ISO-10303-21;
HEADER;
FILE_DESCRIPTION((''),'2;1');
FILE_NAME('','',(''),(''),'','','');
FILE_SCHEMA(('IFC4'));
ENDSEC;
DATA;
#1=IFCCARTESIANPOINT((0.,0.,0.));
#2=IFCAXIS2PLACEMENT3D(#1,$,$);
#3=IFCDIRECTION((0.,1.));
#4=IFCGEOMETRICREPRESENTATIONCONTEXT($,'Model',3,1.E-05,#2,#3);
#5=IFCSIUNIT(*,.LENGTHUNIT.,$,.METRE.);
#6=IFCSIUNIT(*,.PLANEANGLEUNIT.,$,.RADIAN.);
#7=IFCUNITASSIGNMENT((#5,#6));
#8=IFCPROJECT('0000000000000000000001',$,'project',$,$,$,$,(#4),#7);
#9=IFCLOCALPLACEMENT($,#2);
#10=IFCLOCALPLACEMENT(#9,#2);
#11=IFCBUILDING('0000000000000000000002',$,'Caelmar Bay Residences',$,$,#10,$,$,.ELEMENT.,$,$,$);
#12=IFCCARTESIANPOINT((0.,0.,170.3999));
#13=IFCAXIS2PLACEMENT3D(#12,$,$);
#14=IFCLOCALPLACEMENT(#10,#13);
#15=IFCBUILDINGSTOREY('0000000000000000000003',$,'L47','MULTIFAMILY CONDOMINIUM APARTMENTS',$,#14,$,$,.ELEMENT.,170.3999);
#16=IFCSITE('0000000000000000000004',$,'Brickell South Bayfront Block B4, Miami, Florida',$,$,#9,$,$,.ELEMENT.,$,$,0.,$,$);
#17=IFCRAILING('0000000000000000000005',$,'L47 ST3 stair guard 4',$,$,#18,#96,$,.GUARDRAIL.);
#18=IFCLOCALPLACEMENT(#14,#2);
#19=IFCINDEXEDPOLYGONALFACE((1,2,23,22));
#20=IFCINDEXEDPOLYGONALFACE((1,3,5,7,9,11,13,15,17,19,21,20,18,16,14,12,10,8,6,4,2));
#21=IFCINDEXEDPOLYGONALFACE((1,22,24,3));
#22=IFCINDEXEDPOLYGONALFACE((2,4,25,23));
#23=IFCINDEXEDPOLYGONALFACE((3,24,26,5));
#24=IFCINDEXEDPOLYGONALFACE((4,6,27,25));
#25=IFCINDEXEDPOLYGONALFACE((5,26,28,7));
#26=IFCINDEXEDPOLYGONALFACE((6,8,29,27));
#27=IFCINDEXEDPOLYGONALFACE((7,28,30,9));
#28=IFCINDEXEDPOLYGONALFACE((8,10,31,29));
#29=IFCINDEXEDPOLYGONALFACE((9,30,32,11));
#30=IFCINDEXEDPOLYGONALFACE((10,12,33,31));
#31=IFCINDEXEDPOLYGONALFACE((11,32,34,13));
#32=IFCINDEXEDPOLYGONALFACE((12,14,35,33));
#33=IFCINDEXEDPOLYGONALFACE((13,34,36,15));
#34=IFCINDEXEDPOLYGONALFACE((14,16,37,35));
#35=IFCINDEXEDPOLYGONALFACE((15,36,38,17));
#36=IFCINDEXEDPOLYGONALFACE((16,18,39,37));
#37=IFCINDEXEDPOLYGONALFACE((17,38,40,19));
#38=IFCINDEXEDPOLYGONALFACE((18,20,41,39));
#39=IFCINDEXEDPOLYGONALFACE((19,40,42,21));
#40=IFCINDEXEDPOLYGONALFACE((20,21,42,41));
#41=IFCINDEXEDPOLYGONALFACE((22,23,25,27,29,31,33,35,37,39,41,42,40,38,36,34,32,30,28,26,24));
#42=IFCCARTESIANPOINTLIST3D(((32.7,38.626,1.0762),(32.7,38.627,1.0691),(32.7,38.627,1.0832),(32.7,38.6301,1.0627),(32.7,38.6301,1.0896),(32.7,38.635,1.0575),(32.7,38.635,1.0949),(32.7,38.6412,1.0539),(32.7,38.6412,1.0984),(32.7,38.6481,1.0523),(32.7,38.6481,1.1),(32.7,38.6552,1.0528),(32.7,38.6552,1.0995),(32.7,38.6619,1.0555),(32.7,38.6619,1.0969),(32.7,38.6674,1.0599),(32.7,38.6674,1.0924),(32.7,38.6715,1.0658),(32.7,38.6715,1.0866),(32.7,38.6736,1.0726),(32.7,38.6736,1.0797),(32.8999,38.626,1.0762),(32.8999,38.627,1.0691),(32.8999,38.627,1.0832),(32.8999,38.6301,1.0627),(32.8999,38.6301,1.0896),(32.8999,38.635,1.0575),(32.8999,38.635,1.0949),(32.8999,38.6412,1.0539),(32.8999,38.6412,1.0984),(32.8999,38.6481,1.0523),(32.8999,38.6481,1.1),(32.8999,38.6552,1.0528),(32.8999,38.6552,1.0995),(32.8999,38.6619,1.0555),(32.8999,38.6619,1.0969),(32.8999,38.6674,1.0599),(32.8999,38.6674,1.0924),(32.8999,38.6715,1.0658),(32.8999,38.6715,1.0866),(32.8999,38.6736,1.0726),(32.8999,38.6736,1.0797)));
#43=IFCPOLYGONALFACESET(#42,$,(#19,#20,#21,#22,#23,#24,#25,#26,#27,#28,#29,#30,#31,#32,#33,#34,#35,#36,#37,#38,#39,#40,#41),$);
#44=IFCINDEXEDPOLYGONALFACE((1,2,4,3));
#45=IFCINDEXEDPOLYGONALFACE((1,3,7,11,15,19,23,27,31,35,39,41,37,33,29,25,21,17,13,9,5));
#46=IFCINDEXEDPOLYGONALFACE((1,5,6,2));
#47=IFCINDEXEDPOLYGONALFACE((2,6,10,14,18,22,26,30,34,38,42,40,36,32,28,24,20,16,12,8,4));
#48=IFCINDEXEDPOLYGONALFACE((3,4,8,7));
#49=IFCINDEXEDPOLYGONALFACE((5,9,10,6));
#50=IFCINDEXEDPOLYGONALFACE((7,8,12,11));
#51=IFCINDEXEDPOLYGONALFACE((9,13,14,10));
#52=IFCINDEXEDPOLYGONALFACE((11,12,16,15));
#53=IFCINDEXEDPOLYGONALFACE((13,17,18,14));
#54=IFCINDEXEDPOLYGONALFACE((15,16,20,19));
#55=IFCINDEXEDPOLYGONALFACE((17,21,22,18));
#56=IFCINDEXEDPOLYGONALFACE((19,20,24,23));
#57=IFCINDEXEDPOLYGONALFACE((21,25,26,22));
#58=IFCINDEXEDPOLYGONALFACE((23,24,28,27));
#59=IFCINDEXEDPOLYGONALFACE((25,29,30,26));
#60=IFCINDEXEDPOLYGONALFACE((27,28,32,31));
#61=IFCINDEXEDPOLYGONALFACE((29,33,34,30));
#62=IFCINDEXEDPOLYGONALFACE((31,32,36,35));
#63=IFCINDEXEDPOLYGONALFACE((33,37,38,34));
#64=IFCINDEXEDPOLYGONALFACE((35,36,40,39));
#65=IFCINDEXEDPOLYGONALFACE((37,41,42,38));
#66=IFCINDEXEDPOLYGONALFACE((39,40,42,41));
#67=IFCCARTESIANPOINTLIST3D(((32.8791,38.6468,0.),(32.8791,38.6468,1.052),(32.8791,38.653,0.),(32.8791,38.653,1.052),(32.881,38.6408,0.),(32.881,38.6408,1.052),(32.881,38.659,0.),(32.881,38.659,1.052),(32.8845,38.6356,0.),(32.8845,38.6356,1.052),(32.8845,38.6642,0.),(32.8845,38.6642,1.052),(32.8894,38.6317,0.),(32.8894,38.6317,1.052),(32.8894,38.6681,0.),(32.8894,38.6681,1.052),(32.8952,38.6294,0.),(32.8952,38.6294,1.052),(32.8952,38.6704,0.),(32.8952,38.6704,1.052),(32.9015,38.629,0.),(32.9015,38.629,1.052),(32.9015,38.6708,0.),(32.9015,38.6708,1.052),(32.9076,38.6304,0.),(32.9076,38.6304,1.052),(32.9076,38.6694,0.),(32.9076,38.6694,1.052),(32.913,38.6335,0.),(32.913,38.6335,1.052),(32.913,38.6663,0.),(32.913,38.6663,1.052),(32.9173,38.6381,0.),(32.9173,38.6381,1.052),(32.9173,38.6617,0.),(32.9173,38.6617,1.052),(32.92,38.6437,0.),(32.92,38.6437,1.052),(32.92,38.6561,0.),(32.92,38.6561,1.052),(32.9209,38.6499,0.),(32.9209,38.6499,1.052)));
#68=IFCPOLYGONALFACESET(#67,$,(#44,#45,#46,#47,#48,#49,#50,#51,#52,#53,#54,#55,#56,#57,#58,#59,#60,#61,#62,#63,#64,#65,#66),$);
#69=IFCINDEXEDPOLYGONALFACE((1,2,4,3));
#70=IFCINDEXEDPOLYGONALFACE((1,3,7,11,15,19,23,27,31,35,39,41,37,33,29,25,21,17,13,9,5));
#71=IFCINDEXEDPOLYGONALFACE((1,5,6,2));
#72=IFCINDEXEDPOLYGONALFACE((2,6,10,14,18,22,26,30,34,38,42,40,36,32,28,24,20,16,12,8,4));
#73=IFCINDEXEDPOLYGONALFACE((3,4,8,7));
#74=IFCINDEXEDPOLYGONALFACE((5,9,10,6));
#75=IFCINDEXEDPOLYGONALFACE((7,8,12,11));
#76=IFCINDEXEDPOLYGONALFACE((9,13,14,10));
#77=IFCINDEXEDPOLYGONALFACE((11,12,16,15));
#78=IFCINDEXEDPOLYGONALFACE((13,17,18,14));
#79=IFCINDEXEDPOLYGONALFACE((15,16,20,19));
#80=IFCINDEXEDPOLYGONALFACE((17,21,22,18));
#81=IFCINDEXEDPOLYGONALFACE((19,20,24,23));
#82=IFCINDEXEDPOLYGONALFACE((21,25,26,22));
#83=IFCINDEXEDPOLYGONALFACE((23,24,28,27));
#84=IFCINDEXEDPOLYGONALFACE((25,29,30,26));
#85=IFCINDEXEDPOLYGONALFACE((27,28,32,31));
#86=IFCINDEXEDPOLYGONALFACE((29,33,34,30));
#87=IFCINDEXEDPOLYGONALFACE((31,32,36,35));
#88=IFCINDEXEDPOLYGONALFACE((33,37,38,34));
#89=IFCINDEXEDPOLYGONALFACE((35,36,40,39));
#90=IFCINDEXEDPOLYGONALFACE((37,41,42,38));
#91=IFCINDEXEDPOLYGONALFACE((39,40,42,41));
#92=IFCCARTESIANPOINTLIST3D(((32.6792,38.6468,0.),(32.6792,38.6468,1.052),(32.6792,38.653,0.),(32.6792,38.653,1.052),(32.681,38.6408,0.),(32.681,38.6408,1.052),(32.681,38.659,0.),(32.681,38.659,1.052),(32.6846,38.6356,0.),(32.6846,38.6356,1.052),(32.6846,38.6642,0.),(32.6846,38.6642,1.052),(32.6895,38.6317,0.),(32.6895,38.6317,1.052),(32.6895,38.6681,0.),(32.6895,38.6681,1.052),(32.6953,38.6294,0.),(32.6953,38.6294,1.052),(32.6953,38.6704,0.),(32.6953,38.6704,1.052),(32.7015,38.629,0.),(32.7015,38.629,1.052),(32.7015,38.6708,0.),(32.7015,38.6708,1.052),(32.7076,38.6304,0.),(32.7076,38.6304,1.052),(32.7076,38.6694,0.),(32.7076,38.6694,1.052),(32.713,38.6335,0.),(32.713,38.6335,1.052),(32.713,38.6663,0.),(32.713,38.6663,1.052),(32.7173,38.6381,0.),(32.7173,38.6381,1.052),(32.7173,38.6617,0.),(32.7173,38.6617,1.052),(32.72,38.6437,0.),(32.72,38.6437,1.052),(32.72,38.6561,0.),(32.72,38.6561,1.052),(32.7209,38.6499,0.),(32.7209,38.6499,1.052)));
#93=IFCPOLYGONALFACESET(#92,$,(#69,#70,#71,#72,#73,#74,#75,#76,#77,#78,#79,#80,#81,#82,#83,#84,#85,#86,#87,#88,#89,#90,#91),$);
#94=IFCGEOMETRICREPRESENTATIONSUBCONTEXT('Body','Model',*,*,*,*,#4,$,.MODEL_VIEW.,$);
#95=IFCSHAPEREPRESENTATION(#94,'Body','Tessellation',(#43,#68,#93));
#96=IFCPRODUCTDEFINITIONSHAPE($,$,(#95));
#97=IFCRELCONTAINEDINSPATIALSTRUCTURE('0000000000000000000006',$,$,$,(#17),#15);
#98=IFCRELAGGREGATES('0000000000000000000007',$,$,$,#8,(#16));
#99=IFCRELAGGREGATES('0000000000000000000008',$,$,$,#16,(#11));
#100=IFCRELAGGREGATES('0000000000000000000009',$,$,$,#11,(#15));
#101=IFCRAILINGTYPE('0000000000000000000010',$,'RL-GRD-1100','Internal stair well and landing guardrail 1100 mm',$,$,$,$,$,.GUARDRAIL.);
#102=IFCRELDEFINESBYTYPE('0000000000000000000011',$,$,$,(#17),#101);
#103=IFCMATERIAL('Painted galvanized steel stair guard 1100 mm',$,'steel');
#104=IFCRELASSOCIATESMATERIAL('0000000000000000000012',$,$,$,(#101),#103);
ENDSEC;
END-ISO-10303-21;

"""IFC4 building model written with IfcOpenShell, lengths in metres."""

from ifc_helpers import new_model, si_unit, direction, frame, origin, origin_2d, place, context, subcontext, project, spatial, circle, extrude, material, type_object, element, save


model = new_model("IFC4")

# Units and contexts
model_context = context("Model", 3, precision=1e-05, world=origin(), true_north=direction((0.0, 1.0)))
body_context = subcontext(model_context, "Body", "Model", "MODEL_VIEW")
ifc_project = project(units=[si_unit("LENGTHUNIT", "METRE"), si_unit("PLANEANGLEUNIT", "RADIAN")], contexts=[model_context])

# Site, building, storey
site_placement = place(None, origin())
site = spatial("IfcSite", under=ifc_project, at=site_placement, Name="Brickell South Bayfront Block B4, Miami, Florida", CompositionType="ELEMENT", RefElevation=0.0)
building_placement = place(site_placement, origin())
building = spatial("IfcBuilding", under=site, at=building_placement, Name="Caelmar Bay Residences", CompositionType="ELEMENT")
storey_placement = place(building_placement, frame((0.0, 0.0, 170.3999)))
storey = spatial("IfcBuildingStorey", under=building, at=storey_placement, Name="L47", Description="MULTIFAMILY CONDOMINIUM APARTMENTS", CompositionType="ELEMENT", Elevation=170.3999)

# Railing
ifc_material_1 = material(Name="Painted galvanized steel stair guard 1100 mm", Category="steel")
railing_type_1 = type_object("IfcRailingType", Name="RL-GRD-1100", Description="Internal stair well and landing guardrail 1100 mm", PredefinedType="GUARDRAIL", material=ifc_material_1)
railing_1_placement = place(storey_placement, frame((32.8999, 38.6499, 0.0)))
element("IfcRailing", 1, at=railing_1_placement, inside=storey, type_object=railing_type_1, Name="L47 ST3 stair guard 4", PredefinedType="GUARDRAIL", context=body_context, shape_type="SweptSolid", body=[
    extrude(circle(Radius=0.0239, at=origin_2d()), frame((0.0, 0.0, 1.0762), z_axis=(-1.0, 0.0, 0.0), x_axis=(0.0, -1.0, 0.0)), (0.0, 0.0, 1.0), 0.2),
    extrude(circle(Radius=0.021, at=origin_2d()), origin(), (0.0, 0.0, 1.0), 1.052),
    extrude(circle(Radius=0.021, at=origin_2d()), frame((-0.2, 0.0, 0.0)), (0.0, 0.0, 1.0), 1.052),
])

save(model, "model.ifc")
